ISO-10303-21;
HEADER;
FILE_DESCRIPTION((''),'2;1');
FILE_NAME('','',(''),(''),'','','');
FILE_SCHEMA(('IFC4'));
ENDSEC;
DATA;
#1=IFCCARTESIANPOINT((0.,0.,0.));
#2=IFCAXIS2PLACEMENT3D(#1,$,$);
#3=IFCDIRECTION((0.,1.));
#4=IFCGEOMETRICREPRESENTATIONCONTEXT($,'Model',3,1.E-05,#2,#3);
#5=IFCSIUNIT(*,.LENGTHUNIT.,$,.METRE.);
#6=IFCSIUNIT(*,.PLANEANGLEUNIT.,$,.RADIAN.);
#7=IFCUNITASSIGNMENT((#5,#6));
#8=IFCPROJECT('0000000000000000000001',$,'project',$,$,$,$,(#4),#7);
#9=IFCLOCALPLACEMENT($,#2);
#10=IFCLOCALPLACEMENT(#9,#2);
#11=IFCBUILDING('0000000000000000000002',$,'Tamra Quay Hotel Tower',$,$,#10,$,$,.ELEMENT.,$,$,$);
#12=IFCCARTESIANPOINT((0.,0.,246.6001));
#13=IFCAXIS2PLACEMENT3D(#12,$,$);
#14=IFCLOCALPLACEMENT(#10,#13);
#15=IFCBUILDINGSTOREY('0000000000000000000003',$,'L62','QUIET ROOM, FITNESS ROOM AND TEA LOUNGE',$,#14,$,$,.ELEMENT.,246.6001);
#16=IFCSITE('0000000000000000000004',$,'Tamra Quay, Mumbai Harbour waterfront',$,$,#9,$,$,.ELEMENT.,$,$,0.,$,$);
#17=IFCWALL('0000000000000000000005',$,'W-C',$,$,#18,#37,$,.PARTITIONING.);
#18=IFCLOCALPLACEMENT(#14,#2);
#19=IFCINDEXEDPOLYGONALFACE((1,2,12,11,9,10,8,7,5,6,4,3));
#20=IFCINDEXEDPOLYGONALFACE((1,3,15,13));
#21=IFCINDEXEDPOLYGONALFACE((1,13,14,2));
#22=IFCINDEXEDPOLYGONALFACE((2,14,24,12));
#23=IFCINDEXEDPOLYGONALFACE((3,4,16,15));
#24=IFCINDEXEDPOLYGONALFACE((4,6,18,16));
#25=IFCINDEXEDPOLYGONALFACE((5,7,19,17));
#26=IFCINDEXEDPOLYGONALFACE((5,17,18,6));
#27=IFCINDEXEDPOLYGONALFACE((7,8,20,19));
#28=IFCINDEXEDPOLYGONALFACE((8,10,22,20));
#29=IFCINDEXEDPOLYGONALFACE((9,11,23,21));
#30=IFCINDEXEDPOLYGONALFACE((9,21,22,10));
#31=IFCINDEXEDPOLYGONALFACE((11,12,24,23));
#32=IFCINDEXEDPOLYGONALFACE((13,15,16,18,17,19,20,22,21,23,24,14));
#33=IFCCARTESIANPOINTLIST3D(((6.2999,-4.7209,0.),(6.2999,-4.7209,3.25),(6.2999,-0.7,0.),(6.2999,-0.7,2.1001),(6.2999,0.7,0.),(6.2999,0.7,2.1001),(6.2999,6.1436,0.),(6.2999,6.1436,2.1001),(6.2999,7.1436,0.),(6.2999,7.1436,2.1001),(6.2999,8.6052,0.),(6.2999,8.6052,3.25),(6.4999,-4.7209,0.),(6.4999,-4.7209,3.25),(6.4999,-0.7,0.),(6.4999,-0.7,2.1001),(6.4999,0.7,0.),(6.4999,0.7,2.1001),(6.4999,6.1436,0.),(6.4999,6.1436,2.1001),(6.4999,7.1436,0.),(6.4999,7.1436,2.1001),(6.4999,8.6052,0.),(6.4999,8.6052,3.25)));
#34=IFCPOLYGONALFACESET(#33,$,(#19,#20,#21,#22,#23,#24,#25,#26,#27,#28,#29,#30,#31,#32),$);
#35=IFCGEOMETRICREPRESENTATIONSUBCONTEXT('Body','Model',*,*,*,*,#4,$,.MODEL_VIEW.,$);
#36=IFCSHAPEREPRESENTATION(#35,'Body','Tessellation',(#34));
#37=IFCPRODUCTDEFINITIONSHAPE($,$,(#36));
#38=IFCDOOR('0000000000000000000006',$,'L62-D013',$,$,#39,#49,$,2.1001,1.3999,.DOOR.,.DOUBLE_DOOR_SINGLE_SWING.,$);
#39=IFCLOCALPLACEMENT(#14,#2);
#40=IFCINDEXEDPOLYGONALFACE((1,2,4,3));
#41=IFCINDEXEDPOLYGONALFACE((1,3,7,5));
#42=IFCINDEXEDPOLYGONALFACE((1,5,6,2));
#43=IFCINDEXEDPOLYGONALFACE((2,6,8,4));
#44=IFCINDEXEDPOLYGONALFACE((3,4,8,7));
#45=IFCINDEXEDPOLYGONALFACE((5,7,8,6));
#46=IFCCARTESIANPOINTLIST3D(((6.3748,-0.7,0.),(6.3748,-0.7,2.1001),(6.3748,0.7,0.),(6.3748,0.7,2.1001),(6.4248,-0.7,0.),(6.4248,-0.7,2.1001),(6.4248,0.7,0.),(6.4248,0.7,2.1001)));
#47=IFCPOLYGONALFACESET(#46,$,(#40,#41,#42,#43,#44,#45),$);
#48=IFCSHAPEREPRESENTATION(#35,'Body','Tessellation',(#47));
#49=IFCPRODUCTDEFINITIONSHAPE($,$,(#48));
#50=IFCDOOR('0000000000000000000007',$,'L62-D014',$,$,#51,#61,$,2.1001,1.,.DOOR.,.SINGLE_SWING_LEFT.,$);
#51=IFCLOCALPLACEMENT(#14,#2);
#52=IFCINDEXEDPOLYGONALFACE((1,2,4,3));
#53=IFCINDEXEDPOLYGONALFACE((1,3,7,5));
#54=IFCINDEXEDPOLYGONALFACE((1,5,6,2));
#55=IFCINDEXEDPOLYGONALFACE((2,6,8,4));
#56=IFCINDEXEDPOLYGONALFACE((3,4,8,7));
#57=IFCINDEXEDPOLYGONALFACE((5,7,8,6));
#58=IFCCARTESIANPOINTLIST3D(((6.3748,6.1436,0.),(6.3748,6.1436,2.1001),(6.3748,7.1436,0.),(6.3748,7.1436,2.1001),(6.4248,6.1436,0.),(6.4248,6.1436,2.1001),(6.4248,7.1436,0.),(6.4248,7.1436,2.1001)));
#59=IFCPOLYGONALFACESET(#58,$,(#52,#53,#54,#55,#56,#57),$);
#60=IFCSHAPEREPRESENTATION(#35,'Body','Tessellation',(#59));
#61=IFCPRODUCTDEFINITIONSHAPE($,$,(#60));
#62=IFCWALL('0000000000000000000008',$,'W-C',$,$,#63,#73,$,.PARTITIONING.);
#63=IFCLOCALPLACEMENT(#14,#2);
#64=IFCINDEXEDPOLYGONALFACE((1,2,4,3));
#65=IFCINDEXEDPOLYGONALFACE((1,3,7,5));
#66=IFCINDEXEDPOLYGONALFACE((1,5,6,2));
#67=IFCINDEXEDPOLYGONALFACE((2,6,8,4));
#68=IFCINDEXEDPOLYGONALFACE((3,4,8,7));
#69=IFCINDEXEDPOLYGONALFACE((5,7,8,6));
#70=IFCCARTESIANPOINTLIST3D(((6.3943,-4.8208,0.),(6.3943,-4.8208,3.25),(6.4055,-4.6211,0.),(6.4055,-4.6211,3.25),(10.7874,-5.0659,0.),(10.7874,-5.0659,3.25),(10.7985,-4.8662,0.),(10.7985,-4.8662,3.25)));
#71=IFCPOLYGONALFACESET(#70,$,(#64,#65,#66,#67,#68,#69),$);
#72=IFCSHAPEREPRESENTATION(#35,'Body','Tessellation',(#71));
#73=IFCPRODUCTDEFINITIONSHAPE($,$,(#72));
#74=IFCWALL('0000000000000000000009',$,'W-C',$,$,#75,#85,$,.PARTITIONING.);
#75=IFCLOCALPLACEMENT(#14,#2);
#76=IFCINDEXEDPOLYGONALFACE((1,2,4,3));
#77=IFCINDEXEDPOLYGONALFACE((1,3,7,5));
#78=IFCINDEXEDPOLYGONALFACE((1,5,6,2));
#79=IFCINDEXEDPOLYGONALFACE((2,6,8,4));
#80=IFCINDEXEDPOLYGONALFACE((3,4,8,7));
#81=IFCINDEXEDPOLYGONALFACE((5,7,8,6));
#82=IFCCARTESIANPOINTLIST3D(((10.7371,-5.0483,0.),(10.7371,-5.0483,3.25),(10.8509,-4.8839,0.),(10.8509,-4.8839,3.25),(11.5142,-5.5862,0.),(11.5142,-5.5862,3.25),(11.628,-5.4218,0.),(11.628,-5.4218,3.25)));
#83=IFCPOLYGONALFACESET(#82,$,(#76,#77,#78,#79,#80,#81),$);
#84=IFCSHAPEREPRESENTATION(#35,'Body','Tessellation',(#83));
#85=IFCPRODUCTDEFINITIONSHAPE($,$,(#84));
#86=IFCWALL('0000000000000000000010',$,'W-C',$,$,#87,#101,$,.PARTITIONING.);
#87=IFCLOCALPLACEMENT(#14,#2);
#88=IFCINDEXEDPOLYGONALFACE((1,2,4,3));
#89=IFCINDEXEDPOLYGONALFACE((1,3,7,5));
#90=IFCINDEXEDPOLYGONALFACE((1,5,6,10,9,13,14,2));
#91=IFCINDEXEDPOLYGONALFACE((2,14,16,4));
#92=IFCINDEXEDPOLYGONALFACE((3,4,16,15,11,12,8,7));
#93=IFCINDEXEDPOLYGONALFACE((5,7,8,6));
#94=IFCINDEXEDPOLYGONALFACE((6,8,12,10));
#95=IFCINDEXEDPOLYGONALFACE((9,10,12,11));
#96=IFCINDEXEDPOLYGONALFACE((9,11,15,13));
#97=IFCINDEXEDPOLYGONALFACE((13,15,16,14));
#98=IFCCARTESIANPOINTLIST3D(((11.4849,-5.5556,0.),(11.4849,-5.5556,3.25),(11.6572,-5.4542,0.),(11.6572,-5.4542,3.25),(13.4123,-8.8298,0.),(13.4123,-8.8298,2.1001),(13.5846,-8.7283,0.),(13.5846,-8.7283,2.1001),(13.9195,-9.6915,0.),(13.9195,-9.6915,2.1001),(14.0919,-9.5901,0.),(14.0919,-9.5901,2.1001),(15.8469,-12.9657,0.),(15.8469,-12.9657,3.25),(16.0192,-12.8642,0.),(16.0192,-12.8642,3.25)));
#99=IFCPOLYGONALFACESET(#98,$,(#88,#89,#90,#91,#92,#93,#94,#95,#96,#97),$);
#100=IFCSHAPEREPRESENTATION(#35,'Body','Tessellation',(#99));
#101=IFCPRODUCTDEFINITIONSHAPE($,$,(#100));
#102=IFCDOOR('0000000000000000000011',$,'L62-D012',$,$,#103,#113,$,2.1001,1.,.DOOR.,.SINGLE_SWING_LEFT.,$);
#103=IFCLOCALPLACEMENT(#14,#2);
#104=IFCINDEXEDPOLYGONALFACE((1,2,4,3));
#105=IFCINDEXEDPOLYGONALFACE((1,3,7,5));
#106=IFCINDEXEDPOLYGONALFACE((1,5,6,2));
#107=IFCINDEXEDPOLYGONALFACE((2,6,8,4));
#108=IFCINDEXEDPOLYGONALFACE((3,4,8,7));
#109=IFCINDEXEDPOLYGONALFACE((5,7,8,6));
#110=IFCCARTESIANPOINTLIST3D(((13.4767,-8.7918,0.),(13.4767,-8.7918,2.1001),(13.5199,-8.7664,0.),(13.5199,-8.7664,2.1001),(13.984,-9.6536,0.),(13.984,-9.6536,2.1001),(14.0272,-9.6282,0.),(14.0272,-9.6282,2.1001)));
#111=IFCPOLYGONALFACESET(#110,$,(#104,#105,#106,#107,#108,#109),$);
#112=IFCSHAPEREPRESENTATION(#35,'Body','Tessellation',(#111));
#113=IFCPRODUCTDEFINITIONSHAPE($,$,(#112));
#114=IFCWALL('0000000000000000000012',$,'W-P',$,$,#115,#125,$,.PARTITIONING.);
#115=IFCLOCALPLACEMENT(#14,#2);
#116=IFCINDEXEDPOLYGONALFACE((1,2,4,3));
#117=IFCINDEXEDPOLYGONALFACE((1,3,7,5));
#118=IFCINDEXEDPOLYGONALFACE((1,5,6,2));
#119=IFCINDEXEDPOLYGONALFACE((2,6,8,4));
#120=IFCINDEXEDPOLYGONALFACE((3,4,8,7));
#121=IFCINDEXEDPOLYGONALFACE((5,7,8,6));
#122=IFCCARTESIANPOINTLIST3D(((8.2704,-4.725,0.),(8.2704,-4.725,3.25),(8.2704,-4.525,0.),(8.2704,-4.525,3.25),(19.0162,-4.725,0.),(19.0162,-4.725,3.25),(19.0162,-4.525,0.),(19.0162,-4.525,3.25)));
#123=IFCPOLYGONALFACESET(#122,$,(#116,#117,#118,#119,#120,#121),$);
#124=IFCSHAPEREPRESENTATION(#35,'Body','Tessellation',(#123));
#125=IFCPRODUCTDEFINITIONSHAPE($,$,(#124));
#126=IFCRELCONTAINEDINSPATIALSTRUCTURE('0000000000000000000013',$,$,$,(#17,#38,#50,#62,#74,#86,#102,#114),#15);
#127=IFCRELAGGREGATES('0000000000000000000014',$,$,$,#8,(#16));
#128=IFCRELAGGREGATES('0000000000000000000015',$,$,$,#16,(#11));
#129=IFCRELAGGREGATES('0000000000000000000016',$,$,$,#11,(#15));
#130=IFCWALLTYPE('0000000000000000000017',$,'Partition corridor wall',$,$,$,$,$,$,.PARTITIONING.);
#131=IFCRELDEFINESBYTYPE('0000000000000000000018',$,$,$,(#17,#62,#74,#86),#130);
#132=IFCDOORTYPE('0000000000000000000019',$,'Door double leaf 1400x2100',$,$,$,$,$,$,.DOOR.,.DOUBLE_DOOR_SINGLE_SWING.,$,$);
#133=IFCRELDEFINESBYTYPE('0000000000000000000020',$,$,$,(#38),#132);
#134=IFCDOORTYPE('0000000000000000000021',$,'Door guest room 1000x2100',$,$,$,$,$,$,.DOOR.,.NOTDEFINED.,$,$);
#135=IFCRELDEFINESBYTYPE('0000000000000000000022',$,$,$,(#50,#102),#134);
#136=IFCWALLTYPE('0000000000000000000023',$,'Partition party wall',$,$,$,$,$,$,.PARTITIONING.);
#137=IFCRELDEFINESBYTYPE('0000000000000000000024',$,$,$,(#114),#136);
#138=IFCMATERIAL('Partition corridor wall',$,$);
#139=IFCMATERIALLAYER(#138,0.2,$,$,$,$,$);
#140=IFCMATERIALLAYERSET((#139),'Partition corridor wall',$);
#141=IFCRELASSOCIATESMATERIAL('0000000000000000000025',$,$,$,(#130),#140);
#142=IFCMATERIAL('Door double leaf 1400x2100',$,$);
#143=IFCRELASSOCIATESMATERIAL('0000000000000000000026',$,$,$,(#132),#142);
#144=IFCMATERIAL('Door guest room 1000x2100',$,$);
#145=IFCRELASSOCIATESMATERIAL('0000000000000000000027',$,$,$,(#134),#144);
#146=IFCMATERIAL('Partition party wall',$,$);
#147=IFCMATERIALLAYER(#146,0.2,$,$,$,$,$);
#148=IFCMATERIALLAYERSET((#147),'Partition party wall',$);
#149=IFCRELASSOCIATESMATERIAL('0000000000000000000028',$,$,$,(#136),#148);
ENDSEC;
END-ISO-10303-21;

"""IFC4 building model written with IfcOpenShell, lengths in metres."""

from ifc_helpers import new_model, si_unit, direction, frame, frame_2d, origin, place, context, subcontext, project, spatial, rectangle, extrude, material, layer, layer_set, type_object, element, fill, save


model = new_model("IFC4")

# Units and contexts
model_context = context("Model", 3, precision=1e-05, world=origin(), true_north=direction((0.0, 1.0)))
body_context = subcontext(model_context, "Body", "Model", "MODEL_VIEW")
ifc_project = project(units=[si_unit("LENGTHUNIT", "METRE"), si_unit("PLANEANGLEUNIT", "RADIAN")], contexts=[model_context])

# Site, building, storey
site_placement = place(None, origin())
site = spatial("IfcSite", under=ifc_project, at=site_placement, Name="Tamra Quay, Mumbai Harbour waterfront", CompositionType="ELEMENT", RefElevation=0.0)
building_placement = place(site_placement, origin())
building = spatial("IfcBuilding", under=site, at=building_placement, Name="Tamra Quay Hotel Tower", CompositionType="ELEMENT")
storey_placement = place(building_placement, frame((0.0, 0.0, 246.6001)))
storey = spatial("IfcBuildingStorey", under=building, at=storey_placement, Name="L62", Description="QUIET ROOM, FITNESS ROOM AND TEA LOUNGE", CompositionType="ELEMENT", Elevation=246.6001)

# Wall, openings, doors
ifc_material_1 = material(Name="Partition corridor wall")
ifc_layer_1 = layer(ifc_material_1, 0.2)
ifc_layer_set_1 = layer_set([ifc_layer_1], Name="Partition corridor wall")
wall_type_1 = type_object("IfcWallType", Name="Partition corridor wall", PredefinedType="PARTITIONING", material=ifc_layer_set_1)
wall_1_placement = place(storey_placement, frame((6.3999, -4.7209, 0.0), z_axis=(0.0, 0.0, 1.0), x_axis=(0.0, 1.0, 0.0)))
wall_1 = element("IfcWall", 1, at=wall_1_placement, inside=storey, type_object=wall_type_1, Name="W-C", PredefinedType="PARTITIONING", context=body_context, shape_type="SweptSolid", body=[
    extrude(rectangle(XDim=13.3262, YDim=0.2, at=frame_2d((6.6631, 0.0))), origin(), (0.0, 0.0, 1.0), 3.25),
])
opening_1_placement = place(wall_1_placement, frame((4.021, 0.0, 0.0)))
opening_1 = element("IfcOpeningElement", 2, at=opening_1_placement, cuts=wall_1, PredefinedType="OPENING", context=body_context, shape_type="SweptSolid", body=[
    extrude(rectangle(XDim=1.3999, YDim=2.1001, at=frame_2d((0.7, 1.05))), frame((0.0, 0.1099, 0.0), z_axis=(0.0, -1.0, 0.0), x_axis=(1.0, 0.0, 0.0)), (0.0, 0.0, 1.0), 0.22),
])
opening_2_placement = place(wall_1_placement, frame((10.8645, 0.0, 0.0)))
opening_2 = element("IfcOpeningElement", 3, at=opening_2_placement, cuts=wall_1, PredefinedType="OPENING", context=body_context, shape_type="SweptSolid", body=[
    extrude(rectangle(XDim=1.0, YDim=2.1001, at=frame_2d((0.5, 1.05))), frame((0.0, 0.1099, 0.0), z_axis=(0.0, -1.0, 0.0), x_axis=(1.0, 0.0, 0.0)), (0.0, 0.0, 1.0), 0.22),
])
ifc_material_2 = material(Name="Door double leaf 1400x2100")
door_type_1 = type_object("IfcDoorType", Name="Door double leaf 1400x2100", OperationType="DOUBLE_DOOR_SINGLE_SWING", PredefinedType="DOOR", material=ifc_material_2)
door_1_placement = place(opening_1_placement, frame((1.3999, 0.0, 0.0), z_axis=(0.0, 0.0, 1.0), x_axis=(-1.0, 0.0, 0.0)))
door_1 = element("IfcDoor", 4, at=door_1_placement, inside=storey, type_object=door_type_1, Name="L62-D013", OperationType="DOUBLE_DOOR_SINGLE_SWING", OverallHeight=2.1001, OverallWidth=1.3999, PredefinedType="DOOR", context=body_context, shape_type="SweptSolid", body=[
    extrude(rectangle(XDim=1.3999, YDim=2.1001, at=frame_2d((0.7, 1.05))), frame((0.0, 0.0249, 0.0), z_axis=(0.0, -1.0, 0.0), x_axis=(1.0, 0.0, 0.0)), (0.0, 0.0, 1.0), 0.05),
])
fill(opening_1, door_1)
ifc_material_3 = material(Name="Door guest room 1000x2100")
door_type_2 = type_object("IfcDoorType", Name="Door guest room 1000x2100", OperationType="NOTDEFINED", PredefinedType="DOOR", material=ifc_material_3)
door_2_placement = place(opening_2_placement, frame((1.0, 0.0, 0.0), z_axis=(0.0, 0.0, 1.0), x_axis=(-1.0, 0.0, 0.0)))
door_2 = element("IfcDoor", 5, at=door_2_placement, inside=storey, type_object=door_type_2, Name="L62-D014", OperationType="SINGLE_SWING_LEFT", OverallHeight=2.1001, OverallWidth=1.0, PredefinedType="DOOR", context=body_context, shape_type="SweptSolid", body=[
    extrude(rectangle(XDim=1.0, YDim=2.1001, at=frame_2d((0.5, 1.05))), frame((0.0, 0.0249, 0.0), z_axis=(0.0, -1.0, 0.0), x_axis=(1.0, 0.0, 0.0)), (0.0, 0.0, 1.0), 0.05),
])
fill(opening_2, door_2)

# Walls
wall_2_placement = place(storey_placement, frame((6.3999, -4.7209, 0.0), z_axis=(0.0, 0.0, 1.0), x_axis=(0.998447, -0.05571, 0.0)))
element("IfcWall", 6, at=wall_2_placement, inside=storey, type_object=wall_type_1, Name="W-C", PredefinedType="PARTITIONING", context=body_context, shape_type="SweptSolid", body=[
    extrude(rectangle(XDim=4.3999, YDim=0.2, at=frame_2d((2.2, 0.0))), origin(), (0.0, 0.0, 1.0), 3.25),
])
wall_3_placement = place(storey_placement, frame((10.7939, -4.9661, 0.0), z_axis=(0.0, 0.0, 1.0), x_axis=(0.822267, -0.569103, 0.0)))
element("IfcWall", 7, at=wall_3_placement, inside=storey, type_object=wall_type_1, Name="W-C", PredefinedType="PARTITIONING", context=body_context, shape_type="SweptSolid", body=[
    extrude(rectangle(XDim=0.9451, YDim=0.2, at=frame_2d((0.4727, 0.0))), origin(), (0.0, 0.0, 1.0), 3.25),
])

# Wall, opening, door
wall_4_placement = place(storey_placement, frame((11.571, -5.5049, 0.0), z_axis=(0.0, 0.0, 1.0), x_axis=(0.507292, -0.861774, 0.0)))
wall_4 = element("IfcWall", 8, at=wall_4_placement, inside=storey, type_object=wall_type_1, Name="W-C", PredefinedType="PARTITIONING", context=body_context, shape_type="SweptSolid", body=[
    extrude(rectangle(XDim=8.5986, YDim=0.2, at=frame_2d((4.2993, 0.0))), origin(), (0.0, 0.0, 1.0), 3.25),
])
opening_3_placement = place(wall_4_placement, frame((3.7993, 0.0, 0.0)))
opening_3 = element("IfcOpeningElement", 9, at=opening_3_placement, cuts=wall_4, PredefinedType="OPENING", context=body_context, shape_type="SweptSolid", body=[
    extrude(rectangle(XDim=1.0, YDim=2.1001, at=frame_2d((0.5, 1.05))), frame((0.0, 0.1099, 0.0), z_axis=(0.0, -1.0, 0.0), x_axis=(1.0, 0.0, 0.0)), (0.0, 0.0, 1.0), 0.22),
])
door_3_placement = place(opening_3_placement, origin())
door_3 = element("IfcDoor", 10, at=door_3_placement, inside=storey, type_object=door_type_2, Name="L62-D012", OperationType="SINGLE_SWING_LEFT", OverallHeight=2.1001, OverallWidth=1.0, PredefinedType="DOOR", context=body_context, shape_type="SweptSolid", body=[
    extrude(rectangle(XDim=1.0, YDim=2.1001, at=frame_2d((0.5, 1.05))), frame((0.0, 0.0249, 0.0), z_axis=(0.0, -1.0, 0.0), x_axis=(1.0, 0.0, 0.0)), (0.0, 0.0, 1.0), 0.05),
])
fill(opening_3, door_3)

# Wall
ifc_material_4 = material(Name="Partition party wall")
ifc_layer_2 = layer(ifc_material_4, 0.2)
ifc_layer_set_2 = layer_set([ifc_layer_2], Name="Partition party wall")
wall_type_2 = type_object("IfcWallType", Name="Partition party wall", PredefinedType="PARTITIONING", material=ifc_layer_set_2)
wall_5_placement = place(storey_placement, frame((8.2703, -4.625, 0.0), z_axis=(0.0, 0.0, 1.0), x_axis=(1.0, 0.0, 0.0)))
element("IfcWall", 11, at=wall_5_placement, inside=storey, type_object=wall_type_2, Name="W-P", PredefinedType="PARTITIONING", context=body_context, shape_type="SweptSolid", body=[
    extrude(rectangle(XDim=10.7458, YDim=0.2, at=frame_2d((5.373, 0.0))), origin(), (0.0, 0.0, 1.0), 3.25),
])

save(model, "model.ifc")
